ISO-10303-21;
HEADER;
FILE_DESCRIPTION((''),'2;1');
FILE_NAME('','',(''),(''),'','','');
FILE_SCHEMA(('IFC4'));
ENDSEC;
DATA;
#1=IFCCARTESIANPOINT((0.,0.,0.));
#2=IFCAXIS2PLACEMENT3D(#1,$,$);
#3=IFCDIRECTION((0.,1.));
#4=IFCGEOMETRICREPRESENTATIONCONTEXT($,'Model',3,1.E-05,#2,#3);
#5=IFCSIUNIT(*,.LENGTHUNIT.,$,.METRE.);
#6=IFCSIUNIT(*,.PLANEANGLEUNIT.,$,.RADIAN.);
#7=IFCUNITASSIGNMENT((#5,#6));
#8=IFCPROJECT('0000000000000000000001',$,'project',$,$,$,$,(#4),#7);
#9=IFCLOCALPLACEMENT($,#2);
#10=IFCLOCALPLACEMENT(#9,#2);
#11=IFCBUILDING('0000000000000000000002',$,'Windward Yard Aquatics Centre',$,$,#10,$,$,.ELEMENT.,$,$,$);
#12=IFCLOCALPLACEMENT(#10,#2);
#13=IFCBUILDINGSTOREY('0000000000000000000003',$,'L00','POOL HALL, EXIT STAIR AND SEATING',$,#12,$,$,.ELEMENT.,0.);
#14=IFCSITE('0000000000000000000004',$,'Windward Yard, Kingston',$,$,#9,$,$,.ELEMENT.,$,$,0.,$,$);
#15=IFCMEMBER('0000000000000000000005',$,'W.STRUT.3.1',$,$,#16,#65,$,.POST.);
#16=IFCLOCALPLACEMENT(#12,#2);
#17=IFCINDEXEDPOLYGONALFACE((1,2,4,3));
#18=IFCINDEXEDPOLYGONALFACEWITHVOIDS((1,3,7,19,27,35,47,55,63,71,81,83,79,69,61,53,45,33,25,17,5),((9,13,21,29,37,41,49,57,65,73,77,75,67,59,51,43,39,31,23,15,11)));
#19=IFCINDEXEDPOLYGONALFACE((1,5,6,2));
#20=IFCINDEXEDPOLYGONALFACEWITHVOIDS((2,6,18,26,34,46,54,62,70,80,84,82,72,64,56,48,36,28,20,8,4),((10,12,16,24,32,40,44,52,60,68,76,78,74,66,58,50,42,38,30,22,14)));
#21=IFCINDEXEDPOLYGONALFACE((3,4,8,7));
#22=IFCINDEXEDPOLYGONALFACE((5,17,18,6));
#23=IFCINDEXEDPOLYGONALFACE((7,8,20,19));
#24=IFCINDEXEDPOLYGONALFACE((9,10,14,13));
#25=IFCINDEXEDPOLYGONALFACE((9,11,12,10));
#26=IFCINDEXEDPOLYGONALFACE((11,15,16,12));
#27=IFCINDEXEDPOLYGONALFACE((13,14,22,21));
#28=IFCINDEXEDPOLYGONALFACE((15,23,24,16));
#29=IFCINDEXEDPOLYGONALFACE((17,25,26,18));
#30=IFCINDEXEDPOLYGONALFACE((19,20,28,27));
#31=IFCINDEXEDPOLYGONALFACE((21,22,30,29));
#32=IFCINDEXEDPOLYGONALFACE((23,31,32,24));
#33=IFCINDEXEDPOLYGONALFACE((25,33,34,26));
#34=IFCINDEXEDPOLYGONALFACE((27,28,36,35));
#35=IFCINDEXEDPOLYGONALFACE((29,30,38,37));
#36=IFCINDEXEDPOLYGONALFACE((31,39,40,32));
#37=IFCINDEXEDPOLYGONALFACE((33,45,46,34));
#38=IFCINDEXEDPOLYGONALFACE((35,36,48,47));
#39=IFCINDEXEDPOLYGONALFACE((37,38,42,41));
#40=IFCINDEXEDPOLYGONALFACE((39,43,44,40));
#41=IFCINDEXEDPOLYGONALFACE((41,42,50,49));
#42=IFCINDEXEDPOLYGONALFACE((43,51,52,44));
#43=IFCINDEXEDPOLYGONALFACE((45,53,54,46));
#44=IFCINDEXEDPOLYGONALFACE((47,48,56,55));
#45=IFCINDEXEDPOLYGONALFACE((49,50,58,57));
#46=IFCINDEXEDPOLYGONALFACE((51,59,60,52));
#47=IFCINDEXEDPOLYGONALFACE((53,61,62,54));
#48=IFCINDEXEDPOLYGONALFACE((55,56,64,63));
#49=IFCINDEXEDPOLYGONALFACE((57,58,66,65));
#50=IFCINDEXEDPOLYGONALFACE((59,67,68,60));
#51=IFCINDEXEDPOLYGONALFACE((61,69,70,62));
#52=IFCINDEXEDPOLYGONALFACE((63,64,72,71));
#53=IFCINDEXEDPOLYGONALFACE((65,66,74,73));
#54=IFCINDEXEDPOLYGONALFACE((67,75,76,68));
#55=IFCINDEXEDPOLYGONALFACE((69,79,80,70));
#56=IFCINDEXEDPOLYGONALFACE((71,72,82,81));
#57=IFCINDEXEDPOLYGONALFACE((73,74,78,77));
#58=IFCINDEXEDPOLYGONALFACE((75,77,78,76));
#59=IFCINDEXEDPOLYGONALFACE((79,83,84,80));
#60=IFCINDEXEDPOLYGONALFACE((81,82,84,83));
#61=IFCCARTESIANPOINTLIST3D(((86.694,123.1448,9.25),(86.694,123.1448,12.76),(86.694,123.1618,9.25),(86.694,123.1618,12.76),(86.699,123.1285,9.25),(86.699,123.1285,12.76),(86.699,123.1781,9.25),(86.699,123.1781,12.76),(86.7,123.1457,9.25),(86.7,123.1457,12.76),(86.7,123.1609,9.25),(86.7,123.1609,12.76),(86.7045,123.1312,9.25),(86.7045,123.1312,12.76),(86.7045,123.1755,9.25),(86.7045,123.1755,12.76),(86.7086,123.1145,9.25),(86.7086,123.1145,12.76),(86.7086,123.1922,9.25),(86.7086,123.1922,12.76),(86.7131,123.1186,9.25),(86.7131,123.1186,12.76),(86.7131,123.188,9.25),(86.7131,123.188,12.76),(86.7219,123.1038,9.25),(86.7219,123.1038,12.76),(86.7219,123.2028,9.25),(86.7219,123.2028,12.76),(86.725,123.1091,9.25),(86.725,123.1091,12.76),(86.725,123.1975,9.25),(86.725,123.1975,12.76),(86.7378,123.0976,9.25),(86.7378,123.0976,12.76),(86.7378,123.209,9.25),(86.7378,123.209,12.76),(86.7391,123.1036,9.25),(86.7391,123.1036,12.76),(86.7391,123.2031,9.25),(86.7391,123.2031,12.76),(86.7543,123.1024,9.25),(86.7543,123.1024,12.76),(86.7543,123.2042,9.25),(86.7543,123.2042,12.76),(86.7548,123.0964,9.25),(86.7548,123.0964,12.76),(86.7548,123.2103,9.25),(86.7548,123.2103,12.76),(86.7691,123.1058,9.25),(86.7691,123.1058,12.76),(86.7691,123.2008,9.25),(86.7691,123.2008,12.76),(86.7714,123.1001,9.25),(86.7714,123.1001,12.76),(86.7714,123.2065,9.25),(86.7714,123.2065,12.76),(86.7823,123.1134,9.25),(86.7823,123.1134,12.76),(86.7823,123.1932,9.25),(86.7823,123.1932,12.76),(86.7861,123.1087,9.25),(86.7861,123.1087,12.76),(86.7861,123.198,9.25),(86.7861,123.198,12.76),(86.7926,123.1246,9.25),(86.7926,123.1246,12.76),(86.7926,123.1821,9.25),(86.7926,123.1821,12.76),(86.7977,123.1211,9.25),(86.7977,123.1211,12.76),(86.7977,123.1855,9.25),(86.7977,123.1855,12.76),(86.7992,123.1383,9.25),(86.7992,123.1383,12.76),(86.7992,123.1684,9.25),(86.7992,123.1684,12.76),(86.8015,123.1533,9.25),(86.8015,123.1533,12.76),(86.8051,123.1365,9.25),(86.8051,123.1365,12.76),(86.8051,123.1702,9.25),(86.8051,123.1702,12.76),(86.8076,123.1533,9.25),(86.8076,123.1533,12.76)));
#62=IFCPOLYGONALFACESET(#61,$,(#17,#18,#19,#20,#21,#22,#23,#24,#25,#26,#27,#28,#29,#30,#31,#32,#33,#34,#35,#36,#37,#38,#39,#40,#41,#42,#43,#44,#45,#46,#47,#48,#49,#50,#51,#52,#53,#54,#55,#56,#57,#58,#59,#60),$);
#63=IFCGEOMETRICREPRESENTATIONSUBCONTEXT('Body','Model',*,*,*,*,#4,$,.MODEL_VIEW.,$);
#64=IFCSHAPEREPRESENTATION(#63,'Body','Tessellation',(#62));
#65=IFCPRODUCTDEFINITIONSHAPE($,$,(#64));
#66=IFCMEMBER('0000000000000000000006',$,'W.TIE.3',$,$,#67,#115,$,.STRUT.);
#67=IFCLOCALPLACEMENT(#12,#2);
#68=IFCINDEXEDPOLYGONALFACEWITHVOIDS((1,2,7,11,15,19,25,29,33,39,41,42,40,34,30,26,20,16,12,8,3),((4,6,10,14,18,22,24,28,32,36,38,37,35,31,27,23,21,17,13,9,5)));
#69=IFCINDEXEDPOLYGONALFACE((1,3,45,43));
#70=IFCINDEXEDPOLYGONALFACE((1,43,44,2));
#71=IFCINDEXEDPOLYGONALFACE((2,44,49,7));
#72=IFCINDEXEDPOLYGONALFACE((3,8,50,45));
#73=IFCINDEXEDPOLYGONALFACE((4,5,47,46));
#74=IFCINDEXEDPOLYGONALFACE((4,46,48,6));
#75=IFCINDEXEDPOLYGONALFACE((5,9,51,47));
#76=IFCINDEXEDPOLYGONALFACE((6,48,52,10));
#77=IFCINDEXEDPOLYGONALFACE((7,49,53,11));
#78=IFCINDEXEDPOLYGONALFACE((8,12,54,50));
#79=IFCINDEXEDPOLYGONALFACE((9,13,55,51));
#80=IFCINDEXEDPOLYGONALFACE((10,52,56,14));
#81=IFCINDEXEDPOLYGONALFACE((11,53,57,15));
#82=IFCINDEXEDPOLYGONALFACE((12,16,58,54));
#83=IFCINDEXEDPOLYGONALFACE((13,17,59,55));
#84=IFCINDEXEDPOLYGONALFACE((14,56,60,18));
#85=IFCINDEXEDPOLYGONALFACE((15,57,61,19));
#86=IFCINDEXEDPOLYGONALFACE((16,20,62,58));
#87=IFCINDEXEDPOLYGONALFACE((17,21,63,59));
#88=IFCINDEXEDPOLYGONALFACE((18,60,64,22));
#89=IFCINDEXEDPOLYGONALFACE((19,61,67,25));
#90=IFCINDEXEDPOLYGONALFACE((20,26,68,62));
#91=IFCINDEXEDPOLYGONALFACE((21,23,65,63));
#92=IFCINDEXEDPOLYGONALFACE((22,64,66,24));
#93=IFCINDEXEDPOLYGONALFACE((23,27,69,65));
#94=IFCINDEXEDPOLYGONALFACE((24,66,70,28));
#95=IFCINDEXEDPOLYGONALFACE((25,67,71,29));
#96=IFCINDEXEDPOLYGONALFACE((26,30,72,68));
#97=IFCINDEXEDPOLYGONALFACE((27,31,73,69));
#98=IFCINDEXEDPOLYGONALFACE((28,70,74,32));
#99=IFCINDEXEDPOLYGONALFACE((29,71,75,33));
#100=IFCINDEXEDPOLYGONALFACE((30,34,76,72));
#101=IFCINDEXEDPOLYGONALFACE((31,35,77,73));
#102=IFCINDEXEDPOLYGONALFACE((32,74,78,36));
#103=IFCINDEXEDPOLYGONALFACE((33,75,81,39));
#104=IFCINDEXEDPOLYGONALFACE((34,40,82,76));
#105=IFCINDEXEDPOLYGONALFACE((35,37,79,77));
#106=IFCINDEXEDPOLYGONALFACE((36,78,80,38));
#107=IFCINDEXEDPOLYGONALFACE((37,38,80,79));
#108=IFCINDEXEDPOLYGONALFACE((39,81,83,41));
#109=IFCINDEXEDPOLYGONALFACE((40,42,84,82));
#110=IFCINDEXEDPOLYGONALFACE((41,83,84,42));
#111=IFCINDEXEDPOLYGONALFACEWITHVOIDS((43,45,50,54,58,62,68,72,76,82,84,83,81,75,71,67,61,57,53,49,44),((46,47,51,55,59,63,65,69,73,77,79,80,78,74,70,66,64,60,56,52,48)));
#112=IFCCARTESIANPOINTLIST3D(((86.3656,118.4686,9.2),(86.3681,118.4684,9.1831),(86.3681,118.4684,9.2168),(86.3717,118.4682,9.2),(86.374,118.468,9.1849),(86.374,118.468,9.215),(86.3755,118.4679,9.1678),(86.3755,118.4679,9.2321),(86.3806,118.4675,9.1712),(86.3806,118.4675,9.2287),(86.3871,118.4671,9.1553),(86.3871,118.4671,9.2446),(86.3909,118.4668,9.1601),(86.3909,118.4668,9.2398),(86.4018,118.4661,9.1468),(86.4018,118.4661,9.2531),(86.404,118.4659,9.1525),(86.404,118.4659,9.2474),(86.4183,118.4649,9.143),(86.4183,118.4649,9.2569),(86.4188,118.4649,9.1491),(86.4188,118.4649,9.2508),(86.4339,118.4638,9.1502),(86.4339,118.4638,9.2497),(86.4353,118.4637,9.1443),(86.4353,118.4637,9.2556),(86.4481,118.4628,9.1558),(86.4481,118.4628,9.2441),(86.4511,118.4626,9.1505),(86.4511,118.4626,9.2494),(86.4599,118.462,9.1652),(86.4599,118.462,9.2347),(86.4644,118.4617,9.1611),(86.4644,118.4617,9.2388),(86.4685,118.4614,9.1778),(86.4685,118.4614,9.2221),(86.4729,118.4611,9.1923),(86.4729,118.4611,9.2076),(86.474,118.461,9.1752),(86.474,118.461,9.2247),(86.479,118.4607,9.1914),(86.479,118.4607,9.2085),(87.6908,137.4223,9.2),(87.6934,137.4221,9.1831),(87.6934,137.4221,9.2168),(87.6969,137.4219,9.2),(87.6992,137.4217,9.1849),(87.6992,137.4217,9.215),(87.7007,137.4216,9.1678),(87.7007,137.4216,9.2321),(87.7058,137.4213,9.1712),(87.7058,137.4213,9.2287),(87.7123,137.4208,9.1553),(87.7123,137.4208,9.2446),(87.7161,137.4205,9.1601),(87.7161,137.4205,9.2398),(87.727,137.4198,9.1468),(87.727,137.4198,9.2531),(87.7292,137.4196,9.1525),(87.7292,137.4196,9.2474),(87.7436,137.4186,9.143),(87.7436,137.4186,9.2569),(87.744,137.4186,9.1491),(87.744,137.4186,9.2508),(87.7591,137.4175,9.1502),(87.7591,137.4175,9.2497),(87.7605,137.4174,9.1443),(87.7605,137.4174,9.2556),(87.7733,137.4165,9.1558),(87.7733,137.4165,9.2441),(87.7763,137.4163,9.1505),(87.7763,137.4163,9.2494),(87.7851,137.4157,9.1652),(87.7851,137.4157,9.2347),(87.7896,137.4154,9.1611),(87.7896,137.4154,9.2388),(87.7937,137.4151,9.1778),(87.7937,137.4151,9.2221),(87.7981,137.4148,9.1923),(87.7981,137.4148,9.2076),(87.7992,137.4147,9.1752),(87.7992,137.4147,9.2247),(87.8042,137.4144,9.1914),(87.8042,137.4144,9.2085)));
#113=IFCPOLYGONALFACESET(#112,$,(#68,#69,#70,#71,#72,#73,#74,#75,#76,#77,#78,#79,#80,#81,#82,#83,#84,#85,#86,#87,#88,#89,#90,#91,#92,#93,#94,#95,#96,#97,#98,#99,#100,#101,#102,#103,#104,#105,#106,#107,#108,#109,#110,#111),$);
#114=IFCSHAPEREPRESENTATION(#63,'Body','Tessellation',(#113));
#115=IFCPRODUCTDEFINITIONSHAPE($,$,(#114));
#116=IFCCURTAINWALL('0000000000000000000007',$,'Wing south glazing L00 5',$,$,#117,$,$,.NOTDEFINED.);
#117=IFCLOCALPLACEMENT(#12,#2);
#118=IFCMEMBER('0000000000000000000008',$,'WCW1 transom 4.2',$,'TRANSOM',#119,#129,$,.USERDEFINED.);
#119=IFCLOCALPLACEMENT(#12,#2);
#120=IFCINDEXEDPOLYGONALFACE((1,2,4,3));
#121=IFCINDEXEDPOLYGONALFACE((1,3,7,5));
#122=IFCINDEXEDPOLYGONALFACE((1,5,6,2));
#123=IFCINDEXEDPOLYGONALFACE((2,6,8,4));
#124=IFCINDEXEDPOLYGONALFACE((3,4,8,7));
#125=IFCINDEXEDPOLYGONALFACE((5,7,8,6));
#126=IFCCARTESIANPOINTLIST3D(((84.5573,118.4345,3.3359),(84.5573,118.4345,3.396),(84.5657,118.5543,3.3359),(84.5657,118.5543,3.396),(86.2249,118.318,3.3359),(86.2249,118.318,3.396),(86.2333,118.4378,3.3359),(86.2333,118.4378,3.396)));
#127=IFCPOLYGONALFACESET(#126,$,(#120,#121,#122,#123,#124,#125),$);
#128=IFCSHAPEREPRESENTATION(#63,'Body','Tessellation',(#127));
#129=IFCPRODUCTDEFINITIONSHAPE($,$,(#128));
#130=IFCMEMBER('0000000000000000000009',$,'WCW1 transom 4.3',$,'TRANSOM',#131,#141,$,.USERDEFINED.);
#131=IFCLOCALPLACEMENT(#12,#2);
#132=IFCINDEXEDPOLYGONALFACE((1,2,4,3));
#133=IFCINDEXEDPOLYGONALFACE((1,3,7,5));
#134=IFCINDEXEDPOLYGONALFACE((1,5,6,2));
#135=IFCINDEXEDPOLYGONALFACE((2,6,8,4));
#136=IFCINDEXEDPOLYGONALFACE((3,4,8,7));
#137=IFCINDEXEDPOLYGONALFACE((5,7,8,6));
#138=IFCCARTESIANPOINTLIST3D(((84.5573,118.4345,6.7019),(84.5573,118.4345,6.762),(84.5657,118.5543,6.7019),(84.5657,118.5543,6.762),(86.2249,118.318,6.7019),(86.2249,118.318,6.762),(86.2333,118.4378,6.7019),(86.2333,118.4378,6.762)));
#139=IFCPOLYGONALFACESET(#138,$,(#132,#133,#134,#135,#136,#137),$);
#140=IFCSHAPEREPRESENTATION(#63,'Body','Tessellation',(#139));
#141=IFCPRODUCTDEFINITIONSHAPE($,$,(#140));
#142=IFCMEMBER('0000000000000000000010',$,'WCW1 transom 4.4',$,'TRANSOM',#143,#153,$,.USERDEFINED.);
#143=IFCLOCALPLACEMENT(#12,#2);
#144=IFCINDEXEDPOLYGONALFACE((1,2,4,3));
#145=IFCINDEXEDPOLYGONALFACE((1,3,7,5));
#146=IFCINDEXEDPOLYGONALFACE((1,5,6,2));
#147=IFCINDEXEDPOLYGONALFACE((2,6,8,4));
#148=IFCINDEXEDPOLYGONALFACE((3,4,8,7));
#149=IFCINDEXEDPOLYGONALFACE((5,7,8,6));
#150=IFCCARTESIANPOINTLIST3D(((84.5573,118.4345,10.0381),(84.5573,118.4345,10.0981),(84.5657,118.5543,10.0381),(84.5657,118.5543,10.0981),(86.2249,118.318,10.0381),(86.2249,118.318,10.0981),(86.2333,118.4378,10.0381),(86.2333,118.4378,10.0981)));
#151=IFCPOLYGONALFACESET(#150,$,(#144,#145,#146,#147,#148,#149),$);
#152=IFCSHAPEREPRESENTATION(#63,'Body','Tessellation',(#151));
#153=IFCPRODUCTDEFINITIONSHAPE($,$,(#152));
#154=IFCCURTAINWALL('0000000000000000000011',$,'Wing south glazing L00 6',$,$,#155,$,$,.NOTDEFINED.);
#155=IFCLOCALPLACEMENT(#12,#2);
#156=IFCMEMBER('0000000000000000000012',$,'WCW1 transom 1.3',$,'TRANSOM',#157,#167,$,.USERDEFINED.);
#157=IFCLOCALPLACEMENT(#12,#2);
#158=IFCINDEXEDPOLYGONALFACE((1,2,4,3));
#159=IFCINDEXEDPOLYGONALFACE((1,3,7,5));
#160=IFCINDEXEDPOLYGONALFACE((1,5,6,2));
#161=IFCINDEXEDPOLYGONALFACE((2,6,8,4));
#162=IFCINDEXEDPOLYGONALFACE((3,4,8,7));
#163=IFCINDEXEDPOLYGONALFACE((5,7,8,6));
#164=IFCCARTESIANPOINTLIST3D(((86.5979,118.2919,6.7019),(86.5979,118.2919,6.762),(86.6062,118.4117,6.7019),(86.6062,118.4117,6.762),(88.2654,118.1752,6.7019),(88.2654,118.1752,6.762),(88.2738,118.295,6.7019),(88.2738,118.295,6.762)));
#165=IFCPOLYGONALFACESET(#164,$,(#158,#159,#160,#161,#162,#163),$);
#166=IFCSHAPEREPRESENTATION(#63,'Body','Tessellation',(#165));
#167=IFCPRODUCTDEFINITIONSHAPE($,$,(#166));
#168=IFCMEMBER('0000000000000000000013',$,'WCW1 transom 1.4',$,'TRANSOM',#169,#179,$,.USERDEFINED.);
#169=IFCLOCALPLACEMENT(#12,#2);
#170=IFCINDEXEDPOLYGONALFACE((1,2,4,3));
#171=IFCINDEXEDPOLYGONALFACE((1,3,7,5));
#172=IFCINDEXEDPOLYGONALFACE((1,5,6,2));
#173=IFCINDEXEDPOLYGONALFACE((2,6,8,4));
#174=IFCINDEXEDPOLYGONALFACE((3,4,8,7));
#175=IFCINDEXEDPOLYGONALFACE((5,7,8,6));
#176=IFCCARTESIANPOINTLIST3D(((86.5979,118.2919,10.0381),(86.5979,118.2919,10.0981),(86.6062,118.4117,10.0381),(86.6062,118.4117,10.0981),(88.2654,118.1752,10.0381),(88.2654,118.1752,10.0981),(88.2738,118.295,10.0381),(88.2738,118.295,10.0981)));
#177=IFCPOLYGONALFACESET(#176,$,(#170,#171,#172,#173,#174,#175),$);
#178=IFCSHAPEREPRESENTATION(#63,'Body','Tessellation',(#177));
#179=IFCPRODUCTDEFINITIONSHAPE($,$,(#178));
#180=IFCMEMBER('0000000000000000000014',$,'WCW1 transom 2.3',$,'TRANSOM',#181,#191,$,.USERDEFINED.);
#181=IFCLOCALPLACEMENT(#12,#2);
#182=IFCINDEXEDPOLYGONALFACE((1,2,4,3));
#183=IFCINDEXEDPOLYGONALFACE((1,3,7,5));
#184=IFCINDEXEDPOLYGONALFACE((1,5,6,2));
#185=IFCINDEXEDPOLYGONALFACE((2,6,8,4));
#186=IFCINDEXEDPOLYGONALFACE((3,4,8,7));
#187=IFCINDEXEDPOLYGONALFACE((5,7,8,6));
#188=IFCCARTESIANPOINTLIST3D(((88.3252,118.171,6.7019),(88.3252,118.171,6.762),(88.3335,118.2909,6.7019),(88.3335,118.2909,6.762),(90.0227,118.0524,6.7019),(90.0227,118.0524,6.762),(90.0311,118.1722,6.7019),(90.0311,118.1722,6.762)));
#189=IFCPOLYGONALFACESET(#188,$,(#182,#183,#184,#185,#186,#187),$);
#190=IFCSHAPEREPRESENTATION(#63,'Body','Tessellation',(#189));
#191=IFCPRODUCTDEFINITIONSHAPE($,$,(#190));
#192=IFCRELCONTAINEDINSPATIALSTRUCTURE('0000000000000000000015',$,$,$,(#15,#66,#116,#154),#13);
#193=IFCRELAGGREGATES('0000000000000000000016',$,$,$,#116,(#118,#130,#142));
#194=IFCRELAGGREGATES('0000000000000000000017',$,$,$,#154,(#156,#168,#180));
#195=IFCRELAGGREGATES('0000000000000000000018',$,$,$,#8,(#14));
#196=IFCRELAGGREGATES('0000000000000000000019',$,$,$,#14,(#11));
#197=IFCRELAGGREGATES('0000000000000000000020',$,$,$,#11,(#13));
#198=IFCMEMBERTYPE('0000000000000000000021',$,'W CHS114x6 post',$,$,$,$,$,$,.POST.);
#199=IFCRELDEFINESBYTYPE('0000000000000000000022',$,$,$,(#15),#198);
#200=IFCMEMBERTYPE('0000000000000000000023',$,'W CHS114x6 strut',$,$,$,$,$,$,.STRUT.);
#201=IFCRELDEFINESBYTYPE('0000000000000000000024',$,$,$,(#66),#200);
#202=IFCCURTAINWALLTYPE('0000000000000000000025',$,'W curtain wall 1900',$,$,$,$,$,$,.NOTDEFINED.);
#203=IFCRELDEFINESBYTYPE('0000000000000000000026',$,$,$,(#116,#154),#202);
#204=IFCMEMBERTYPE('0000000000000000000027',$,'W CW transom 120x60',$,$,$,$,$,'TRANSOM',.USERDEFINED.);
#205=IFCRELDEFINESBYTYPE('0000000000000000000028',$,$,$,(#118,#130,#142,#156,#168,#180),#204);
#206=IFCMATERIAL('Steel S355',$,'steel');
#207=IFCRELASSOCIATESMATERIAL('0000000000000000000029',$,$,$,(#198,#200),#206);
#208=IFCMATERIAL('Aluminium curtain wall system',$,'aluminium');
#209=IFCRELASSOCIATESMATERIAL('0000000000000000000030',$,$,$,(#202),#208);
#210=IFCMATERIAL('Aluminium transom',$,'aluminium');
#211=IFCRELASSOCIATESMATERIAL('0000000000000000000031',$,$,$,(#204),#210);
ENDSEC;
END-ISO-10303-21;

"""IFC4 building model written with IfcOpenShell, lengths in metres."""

from ifc_helpers import new_model, si_unit, direction, frame, origin, origin_2d, place, context, subcontext, project, spatial, rectangle, hollow_circle, extrude, material, material_profile, profile_set, type_object, element, aggregate, save


model = new_model("IFC4")

# Units and contexts
model_context = context("Model", 3, precision=1e-05, world=origin(), true_north=direction((0.0, 1.0)))
body_context = subcontext(model_context, "Body", "Model", "MODEL_VIEW")
ifc_project = project(units=[si_unit("LENGTHUNIT", "METRE"), si_unit("PLANEANGLEUNIT", "RADIAN")], contexts=[model_context])

# Site, building, storey
site_placement = place(None, origin())
site = spatial("IfcSite", under=ifc_project, at=site_placement, Name="Windward Yard, Kingston", CompositionType="ELEMENT", RefElevation=0.0)
building_placement = place(site_placement, origin())
building = spatial("IfcBuilding", under=site, at=building_placement, Name="Windward Yard Aquatics Centre", CompositionType="ELEMENT")
storey_placement = place(building_placement, origin())
storey = spatial("IfcBuildingStorey", under=building, at=storey_placement, Name="L00", Description="POOL HALL, EXIT STAIR AND SEATING", CompositionType="ELEMENT", Elevation=0.0)

# Members
ifc_material_1 = material(Name="Steel S355", Category="steel")
ifc_material_profile_1 = material_profile(ifc_material_1, hollow_circle(Radius=0.0571, WallThickness=0.0061, at=origin_2d()), Name="CHS114x6")
ifc_profile_set_1 = profile_set([ifc_material_profile_1], Name="Steel S355")
member_type_1 = type_object("IfcMemberType", Name="W CHS114x6 post", PredefinedType="POST", material=ifc_profile_set_1)
member_1_placement = place(storey_placement, frame((86.7505, 123.1533, 9.25), z_axis=(0.0, 0.0, 1.0), x_axis=(1.0, 0.0, 0.0)))
element("IfcMember", 1, at=member_1_placement, inside=storey, type_object=member_type_1, Name="W.STRUT.3.1", PredefinedType="POST", context=body_context, shape_type="SweptSolid", body=[
    extrude(hollow_circle(Radius=0.0571, WallThickness=0.0061, at=origin_2d()), origin(), (0.0, 0.0, 1.0), 3.51),
])
ifc_material_profile_2 = material_profile(ifc_material_1, hollow_circle(Radius=0.0571, WallThickness=0.0061, at=origin_2d()), Name="CHS114x6")
ifc_profile_set_2 = profile_set([ifc_material_profile_2], Name="Steel S355")
member_type_2 = type_object("IfcMemberType", Name="W CHS114x6 strut", PredefinedType="STRUT", material=ifc_profile_set_2)
member_2_placement = place(storey_placement, frame((86.4226, 118.4646, 9.2), z_axis=(0.069748, 0.997565, 0.0), x_axis=(-0.997565, 0.069748, 0.0)))
element("IfcMember", 2, at=member_2_placement, inside=storey, type_object=member_type_2, Name="W.TIE.3", PredefinedType="STRUT", context=body_context, shape_type="SweptSolid", body=[
    extrude(hollow_circle(Radius=0.0571, WallThickness=0.0061, at=origin_2d()), origin(), (0.0, 0.0, 1.0), 19.0),
])

# Curtain walls, members
ifc_material_2 = material(Name="Aluminium curtain wall system", Category="aluminium")
curtain_wall_type = type_object("IfcCurtainWallType", Name="W curtain wall 1900", PredefinedType="NOTDEFINED", material=ifc_material_2)
curtain_wall_1_placement = place(storey_placement, origin())
curtain_wall_1 = element("IfcCurtainWall", 3, at=curtain_wall_1_placement, inside=storey, type_object=curtain_wall_type, Name="Wing south glazing L00 5", PredefinedType="NOTDEFINED")
ifc_material_3 = material(Name="Aluminium transom", Category="aluminium")
ifc_material_profile_3 = material_profile(ifc_material_3, rectangle(XDim=0.1201, YDim=0.0601, at=origin_2d()), Name="AL 120x60")
ifc_profile_set_3 = profile_set([ifc_material_profile_3], Name="Aluminium transom")
member_type_3 = type_object("IfcMemberType", Name="W CW transom 120x60", ElementType="TRANSOM", PredefinedType="USERDEFINED", material=ifc_profile_set_3)
member_3_placement = place(storey_placement, frame((84.5615, 118.4944, 3.366), z_axis=(0.99757, -0.069669, 0.0), x_axis=(0.069669, 0.99757, 0.0)))
member_3 = element("IfcMember", 4, at=member_3_placement, type_object=member_type_3, Name="WCW1 transom 4.2", ObjectType="TRANSOM", PredefinedType="USERDEFINED", context=body_context, shape_type="SweptSolid", body=[
    extrude(rectangle(XDim=0.1201, YDim=0.0601, at=origin_2d()), origin(), (0.0, 0.0, 1.0), 1.6716),
])
member_4_placement = place(storey_placement, frame((84.5615, 118.4944, 6.7319), z_axis=(0.99757, -0.069669, 0.0), x_axis=(0.069669, 0.99757, 0.0)))
member_4 = element("IfcMember", 5, at=member_4_placement, type_object=member_type_3, Name="WCW1 transom 4.3", ObjectType="TRANSOM", PredefinedType="USERDEFINED", context=body_context, shape_type="SweptSolid", body=[
    extrude(rectangle(XDim=0.1201, YDim=0.0601, at=origin_2d()), origin(), (0.0, 0.0, 1.0), 1.6716),
])
member_5_placement = place(storey_placement, frame((84.5615, 118.4944, 10.0681), z_axis=(0.99757, -0.069669, 0.0), x_axis=(0.069669, 0.99757, 0.0)))
member_5 = element("IfcMember", 6, at=member_5_placement, type_object=member_type_3, Name="WCW1 transom 4.4", ObjectType="TRANSOM", PredefinedType="USERDEFINED", context=body_context, shape_type="SweptSolid", body=[
    extrude(rectangle(XDim=0.1201, YDim=0.0601, at=origin_2d()), origin(), (0.0, 0.0, 1.0), 1.6716),
])
curtain_wall_2_placement = place(storey_placement, origin())
curtain_wall_2 = element("IfcCurtainWall", 7, at=curtain_wall_2_placement, inside=storey, type_object=curtain_wall_type, Name="Wing south glazing L00 6", PredefinedType="NOTDEFINED")
member_6_placement = place(storey_placement, frame((86.6021, 118.3518, 6.7319), z_axis=(0.99756, -0.069815, 0.0), x_axis=(0.069815, 0.99756, 0.0)))
member_6 = element("IfcMember", 8, at=member_6_placement, type_object=member_type_3, Name="WCW1 transom 1.3", ObjectType="TRANSOM", PredefinedType="USERDEFINED", context=body_context, shape_type="SweptSolid", body=[
    extrude(rectangle(XDim=0.1201, YDim=0.0601, at=origin_2d()), origin(), (0.0, 0.0, 1.0), 1.6716),
])
member_7_placement = place(storey_placement, frame((86.6021, 118.3518, 10.0681), z_axis=(0.99756, -0.069815, 0.0), x_axis=(0.069815, 0.99756, 0.0)))
member_7 = element("IfcMember", 9, at=member_7_placement, type_object=member_type_3, Name="WCW1 transom 1.4", ObjectType="TRANSOM", PredefinedType="USERDEFINED", context=body_context, shape_type="SweptSolid", body=[
    extrude(rectangle(XDim=0.1201, YDim=0.0601, at=origin_2d()), origin(), (0.0, 0.0, 1.0), 1.6716),
])
member_8_placement = place(storey_placement, frame((88.3293, 118.231, 6.7319), z_axis=(0.997566, -0.069728, 0.0), x_axis=(0.069728, 0.997566, 0.0)))
member_8 = element("IfcMember", 10, at=member_8_placement, type_object=member_type_3, Name="WCW1 transom 2.3", ObjectType="TRANSOM", PredefinedType="USERDEFINED", context=body_context, shape_type="SweptSolid", body=[
    extrude(rectangle(XDim=0.1201, YDim=0.0601, at=origin_2d()), origin(), (0.0, 0.0, 1.0), 1.7017),
])

aggregate(curtain_wall_1, [member_3, member_4, member_5])
aggregate(curtain_wall_2, [member_6, member_7, member_8])

save(model, "model.ifc")
